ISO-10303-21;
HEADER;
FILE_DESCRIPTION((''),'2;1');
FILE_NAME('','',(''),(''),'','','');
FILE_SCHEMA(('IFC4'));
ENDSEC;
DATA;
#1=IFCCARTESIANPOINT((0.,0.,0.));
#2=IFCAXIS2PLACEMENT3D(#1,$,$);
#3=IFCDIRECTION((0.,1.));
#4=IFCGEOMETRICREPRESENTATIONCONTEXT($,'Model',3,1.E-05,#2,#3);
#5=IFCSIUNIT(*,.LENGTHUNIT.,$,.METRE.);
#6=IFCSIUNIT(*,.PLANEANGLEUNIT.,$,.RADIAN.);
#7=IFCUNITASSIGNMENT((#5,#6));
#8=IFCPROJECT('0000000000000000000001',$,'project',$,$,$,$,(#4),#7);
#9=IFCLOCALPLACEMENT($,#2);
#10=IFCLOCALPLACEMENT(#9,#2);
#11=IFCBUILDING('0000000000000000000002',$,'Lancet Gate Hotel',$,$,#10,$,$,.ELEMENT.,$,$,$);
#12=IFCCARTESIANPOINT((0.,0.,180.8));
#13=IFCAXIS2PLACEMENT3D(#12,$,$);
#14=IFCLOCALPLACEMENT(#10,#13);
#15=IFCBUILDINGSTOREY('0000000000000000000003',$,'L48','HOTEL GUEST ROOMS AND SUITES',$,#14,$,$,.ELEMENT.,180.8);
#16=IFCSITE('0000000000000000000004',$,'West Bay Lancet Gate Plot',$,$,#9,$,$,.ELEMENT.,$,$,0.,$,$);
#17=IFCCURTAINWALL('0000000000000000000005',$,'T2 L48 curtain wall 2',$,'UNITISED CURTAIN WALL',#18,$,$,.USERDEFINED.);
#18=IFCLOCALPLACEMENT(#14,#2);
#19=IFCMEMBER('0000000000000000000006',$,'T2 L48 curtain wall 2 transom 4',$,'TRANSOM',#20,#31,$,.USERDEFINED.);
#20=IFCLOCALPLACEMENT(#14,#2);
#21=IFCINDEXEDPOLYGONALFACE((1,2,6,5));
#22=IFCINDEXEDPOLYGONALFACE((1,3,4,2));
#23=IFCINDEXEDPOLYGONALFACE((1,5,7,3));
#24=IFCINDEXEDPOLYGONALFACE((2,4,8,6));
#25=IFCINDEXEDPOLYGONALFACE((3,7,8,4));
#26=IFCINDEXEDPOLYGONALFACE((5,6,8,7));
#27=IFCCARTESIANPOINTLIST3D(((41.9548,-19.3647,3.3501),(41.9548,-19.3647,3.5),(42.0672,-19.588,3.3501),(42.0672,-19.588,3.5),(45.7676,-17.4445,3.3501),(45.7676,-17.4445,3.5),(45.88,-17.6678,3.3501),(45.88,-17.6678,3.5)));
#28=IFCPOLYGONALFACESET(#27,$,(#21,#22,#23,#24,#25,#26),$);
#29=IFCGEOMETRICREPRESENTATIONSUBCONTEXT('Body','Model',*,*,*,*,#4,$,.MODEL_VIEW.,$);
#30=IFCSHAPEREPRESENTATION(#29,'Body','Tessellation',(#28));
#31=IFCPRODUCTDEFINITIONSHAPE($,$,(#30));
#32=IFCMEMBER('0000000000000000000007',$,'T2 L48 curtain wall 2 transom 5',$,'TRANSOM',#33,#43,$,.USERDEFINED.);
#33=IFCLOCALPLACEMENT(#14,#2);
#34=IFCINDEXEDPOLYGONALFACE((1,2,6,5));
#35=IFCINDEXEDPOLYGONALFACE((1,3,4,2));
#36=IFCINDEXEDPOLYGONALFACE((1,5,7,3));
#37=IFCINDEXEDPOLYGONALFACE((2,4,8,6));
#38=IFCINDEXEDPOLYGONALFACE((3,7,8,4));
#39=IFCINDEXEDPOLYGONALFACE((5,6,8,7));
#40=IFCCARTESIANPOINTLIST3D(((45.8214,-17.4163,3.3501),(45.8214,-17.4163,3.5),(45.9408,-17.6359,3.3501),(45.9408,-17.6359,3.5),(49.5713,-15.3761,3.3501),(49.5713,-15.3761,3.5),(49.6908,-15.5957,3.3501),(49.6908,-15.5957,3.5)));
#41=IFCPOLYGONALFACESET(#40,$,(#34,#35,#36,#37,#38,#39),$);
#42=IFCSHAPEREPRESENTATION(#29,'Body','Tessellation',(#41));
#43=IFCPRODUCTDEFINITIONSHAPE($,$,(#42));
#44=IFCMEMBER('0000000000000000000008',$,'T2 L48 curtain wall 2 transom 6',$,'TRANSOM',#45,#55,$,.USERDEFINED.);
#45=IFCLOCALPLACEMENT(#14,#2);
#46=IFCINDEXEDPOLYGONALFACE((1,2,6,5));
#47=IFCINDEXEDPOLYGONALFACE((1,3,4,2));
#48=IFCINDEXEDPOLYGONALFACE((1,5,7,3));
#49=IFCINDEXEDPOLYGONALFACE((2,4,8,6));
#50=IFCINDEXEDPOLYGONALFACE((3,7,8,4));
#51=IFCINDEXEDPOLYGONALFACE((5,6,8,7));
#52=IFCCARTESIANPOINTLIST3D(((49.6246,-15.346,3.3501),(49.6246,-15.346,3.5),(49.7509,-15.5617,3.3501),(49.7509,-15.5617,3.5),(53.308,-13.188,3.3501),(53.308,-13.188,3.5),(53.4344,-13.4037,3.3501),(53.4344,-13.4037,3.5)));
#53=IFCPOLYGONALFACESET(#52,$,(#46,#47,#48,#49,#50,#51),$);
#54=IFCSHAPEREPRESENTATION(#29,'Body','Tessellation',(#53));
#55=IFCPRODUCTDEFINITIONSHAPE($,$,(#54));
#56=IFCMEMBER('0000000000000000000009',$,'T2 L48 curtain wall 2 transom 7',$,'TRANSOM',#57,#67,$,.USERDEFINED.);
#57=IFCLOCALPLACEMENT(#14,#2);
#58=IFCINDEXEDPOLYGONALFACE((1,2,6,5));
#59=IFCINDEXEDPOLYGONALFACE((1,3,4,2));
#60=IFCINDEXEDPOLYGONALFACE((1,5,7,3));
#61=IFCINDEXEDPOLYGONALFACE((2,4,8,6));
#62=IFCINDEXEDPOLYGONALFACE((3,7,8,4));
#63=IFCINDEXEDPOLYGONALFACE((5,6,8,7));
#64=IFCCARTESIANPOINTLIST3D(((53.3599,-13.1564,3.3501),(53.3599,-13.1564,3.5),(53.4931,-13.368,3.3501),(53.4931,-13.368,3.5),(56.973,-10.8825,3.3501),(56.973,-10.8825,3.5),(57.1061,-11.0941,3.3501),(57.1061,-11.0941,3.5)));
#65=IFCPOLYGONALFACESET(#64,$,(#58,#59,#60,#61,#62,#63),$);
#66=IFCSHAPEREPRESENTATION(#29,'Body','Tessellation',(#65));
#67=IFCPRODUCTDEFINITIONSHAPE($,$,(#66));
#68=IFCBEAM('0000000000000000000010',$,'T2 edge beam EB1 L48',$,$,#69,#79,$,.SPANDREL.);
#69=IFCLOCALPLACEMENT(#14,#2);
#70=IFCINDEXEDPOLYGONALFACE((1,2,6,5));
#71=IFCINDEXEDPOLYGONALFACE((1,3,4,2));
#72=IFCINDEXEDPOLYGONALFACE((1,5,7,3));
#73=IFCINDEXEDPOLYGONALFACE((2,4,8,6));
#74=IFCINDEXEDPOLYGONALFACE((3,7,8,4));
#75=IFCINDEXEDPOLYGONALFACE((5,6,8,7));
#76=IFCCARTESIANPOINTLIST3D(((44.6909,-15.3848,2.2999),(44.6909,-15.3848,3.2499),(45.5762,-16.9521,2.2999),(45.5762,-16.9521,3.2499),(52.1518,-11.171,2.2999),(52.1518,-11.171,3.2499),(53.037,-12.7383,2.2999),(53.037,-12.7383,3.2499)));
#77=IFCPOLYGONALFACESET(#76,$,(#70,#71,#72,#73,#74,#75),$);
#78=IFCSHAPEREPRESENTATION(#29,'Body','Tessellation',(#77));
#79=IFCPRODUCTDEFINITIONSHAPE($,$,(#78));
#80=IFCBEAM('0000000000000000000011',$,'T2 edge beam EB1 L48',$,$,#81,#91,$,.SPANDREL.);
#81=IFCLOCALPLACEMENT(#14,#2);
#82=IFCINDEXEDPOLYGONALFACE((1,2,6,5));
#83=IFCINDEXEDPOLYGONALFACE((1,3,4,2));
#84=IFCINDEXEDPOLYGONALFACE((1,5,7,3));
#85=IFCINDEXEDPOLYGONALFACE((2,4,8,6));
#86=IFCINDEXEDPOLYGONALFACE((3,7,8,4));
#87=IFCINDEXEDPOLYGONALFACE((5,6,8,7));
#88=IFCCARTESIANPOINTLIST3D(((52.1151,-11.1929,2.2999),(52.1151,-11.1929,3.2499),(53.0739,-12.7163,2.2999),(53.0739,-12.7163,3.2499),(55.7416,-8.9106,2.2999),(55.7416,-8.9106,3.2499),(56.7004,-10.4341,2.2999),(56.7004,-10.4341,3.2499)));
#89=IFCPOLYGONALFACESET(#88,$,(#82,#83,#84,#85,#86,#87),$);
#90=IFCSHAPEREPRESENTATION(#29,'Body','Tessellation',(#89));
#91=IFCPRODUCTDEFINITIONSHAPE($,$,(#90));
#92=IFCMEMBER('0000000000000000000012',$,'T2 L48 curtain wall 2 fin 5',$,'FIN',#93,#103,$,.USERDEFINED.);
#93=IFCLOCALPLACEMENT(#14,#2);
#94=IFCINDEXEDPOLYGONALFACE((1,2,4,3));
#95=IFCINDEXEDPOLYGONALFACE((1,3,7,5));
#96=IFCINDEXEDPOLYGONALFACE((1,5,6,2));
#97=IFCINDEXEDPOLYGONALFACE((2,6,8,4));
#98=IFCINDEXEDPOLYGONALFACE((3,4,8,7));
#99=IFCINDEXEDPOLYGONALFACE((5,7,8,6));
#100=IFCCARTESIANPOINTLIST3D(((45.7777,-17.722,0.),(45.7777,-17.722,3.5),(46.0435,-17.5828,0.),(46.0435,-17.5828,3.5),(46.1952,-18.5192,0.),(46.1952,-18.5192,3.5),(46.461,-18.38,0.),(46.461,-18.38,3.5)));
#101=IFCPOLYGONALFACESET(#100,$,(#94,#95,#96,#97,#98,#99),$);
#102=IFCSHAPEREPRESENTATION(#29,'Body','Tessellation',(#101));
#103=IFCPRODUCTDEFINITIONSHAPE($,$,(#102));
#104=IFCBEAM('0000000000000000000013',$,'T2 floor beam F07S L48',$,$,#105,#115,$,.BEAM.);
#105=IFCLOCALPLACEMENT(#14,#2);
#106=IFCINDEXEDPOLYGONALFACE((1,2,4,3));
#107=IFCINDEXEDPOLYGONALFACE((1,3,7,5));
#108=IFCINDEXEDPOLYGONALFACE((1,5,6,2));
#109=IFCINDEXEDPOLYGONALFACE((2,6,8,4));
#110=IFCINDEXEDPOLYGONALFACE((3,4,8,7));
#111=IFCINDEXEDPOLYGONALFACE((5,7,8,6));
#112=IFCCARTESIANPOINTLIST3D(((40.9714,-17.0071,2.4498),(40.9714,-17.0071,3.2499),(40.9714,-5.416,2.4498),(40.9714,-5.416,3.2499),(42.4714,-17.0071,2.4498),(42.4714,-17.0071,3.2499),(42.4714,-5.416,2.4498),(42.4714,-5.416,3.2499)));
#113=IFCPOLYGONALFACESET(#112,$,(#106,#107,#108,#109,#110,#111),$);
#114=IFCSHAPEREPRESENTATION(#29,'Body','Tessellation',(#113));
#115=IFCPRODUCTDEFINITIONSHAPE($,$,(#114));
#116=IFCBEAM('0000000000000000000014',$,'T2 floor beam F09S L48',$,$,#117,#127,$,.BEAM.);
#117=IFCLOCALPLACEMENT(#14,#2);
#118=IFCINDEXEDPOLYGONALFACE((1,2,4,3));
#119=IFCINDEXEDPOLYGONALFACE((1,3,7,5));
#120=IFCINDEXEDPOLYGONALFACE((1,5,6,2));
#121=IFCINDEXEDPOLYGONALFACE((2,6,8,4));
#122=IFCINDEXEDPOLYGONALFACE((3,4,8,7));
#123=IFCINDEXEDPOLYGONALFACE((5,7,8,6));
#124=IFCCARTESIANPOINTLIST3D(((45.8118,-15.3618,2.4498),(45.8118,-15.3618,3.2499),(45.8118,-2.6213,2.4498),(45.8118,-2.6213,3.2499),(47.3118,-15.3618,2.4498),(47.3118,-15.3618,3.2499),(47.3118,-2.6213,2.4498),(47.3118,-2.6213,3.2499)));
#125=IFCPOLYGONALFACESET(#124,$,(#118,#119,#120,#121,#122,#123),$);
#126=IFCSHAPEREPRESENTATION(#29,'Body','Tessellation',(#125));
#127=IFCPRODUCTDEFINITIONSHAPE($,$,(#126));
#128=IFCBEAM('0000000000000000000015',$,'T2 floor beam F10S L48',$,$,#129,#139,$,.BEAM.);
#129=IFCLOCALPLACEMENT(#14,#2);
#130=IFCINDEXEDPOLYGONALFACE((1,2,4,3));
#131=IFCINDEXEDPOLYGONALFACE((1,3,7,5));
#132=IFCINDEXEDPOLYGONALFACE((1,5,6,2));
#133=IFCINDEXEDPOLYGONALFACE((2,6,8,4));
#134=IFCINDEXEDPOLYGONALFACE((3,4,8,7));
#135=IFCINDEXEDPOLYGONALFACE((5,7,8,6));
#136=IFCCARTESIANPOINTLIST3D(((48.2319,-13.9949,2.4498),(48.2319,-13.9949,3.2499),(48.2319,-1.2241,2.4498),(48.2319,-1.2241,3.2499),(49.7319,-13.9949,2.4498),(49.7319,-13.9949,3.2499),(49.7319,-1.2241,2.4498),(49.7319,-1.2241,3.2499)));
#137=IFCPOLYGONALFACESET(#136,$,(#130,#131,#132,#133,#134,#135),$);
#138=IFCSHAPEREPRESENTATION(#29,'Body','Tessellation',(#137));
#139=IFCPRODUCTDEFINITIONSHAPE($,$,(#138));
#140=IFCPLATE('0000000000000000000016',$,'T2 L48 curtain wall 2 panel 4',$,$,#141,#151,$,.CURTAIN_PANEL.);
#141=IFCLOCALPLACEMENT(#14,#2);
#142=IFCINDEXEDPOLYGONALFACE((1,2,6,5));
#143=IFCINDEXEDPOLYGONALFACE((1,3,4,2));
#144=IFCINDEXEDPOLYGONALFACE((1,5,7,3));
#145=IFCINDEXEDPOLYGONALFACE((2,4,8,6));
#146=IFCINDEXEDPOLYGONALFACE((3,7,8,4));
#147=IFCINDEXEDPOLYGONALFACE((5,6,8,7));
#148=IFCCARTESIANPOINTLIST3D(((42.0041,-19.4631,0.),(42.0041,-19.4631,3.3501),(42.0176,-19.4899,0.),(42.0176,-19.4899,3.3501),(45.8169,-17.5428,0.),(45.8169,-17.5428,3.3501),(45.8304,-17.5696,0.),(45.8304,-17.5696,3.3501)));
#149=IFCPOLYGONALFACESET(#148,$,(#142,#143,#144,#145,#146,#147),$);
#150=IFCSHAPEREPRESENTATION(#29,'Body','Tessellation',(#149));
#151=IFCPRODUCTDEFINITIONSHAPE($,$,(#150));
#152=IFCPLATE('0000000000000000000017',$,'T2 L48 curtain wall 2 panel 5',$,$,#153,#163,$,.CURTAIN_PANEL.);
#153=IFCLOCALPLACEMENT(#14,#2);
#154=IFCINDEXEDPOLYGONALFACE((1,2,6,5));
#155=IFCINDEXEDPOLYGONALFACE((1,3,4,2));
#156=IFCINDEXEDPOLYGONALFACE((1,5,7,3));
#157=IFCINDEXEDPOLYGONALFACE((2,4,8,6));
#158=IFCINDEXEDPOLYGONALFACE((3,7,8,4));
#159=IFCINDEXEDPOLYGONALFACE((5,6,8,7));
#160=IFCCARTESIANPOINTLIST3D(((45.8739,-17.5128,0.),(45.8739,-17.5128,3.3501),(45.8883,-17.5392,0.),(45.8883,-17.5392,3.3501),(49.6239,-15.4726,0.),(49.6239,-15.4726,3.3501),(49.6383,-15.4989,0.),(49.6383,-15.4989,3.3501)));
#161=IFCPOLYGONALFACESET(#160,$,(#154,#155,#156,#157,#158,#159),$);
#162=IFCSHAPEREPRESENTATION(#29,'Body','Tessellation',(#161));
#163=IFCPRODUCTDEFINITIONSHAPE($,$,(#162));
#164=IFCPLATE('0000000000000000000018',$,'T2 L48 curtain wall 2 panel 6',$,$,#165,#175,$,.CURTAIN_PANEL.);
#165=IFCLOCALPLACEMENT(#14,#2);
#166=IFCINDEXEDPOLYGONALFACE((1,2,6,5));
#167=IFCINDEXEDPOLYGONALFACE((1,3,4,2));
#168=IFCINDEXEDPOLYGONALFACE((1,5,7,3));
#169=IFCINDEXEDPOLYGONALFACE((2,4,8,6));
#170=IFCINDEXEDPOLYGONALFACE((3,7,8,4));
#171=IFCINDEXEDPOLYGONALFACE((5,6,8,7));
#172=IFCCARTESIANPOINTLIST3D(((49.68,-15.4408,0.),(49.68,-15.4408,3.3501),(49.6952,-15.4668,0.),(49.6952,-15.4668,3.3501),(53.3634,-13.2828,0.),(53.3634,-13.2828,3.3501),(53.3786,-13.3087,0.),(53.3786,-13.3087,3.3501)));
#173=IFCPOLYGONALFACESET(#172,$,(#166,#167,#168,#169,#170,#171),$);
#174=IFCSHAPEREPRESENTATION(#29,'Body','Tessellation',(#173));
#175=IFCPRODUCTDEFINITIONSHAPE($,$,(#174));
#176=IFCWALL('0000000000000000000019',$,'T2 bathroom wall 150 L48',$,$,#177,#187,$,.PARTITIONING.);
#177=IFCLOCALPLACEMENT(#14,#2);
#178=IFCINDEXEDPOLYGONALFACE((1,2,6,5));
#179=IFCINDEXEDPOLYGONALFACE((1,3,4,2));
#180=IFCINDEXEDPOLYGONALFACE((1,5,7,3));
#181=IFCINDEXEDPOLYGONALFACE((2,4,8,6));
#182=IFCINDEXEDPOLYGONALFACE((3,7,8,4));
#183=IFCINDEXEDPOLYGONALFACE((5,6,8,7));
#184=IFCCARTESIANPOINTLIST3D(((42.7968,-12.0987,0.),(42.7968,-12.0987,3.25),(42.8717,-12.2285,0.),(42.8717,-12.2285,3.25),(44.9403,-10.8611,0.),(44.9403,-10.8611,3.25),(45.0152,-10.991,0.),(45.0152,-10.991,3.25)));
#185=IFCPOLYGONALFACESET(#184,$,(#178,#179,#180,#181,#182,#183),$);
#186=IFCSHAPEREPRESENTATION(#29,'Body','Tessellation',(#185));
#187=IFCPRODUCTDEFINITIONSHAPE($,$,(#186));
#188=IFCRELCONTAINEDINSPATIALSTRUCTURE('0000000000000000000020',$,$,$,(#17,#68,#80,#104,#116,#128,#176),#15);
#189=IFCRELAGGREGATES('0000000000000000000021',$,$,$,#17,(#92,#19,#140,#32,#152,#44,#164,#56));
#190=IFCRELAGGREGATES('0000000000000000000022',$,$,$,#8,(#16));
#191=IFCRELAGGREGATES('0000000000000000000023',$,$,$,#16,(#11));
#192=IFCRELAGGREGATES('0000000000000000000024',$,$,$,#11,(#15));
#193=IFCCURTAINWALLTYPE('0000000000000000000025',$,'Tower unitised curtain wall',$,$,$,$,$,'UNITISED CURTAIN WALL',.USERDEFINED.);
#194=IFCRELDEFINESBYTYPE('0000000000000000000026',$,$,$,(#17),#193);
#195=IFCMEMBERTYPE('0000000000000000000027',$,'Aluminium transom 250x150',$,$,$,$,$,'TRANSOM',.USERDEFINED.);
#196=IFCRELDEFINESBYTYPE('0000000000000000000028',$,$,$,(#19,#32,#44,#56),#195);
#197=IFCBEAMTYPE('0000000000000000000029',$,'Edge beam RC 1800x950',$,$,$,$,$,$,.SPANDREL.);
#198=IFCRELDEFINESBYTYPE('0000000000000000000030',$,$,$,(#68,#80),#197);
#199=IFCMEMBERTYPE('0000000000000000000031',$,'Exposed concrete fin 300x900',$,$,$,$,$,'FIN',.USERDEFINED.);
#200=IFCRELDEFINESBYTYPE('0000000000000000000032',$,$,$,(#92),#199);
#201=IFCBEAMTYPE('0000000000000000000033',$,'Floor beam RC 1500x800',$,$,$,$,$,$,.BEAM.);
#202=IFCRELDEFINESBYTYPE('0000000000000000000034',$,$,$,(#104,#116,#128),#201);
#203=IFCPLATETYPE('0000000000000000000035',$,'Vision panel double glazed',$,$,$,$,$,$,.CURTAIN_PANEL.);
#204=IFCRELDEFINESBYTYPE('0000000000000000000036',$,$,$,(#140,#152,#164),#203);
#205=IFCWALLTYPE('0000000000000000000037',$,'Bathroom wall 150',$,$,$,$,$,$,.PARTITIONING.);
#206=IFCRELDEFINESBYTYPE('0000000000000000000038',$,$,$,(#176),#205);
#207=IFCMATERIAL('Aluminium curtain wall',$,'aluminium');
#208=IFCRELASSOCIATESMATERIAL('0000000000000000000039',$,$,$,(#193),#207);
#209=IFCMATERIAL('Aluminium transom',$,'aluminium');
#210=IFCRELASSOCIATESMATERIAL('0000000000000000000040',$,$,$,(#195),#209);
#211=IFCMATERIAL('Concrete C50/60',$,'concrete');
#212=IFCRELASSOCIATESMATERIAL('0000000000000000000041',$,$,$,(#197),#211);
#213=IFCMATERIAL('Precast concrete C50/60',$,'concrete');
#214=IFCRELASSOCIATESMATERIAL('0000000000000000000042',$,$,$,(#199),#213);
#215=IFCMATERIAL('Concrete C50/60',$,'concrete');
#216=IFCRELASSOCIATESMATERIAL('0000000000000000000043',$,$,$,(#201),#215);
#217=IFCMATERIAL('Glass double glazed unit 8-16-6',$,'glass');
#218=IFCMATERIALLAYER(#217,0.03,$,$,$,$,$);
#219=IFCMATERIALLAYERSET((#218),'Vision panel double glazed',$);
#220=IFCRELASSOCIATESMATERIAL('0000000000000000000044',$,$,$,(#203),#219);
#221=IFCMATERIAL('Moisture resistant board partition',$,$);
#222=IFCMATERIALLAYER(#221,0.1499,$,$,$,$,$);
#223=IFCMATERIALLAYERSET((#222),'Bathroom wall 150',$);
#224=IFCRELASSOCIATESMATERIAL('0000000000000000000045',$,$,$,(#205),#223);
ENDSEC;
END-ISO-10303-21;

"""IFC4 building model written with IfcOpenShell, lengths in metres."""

from ifc_helpers import new_model, si_unit, direction, frame, frame_2d, origin, origin_2d, place, context, subcontext, project, spatial, rectangle, extrude, material, layer, layer_set, material_profile, profile_set, type_object, element, aggregate, save


model = new_model("IFC4")

# Units and contexts
model_context = context("Model", 3, precision=1e-05, world=origin(), true_north=direction((0.0, 1.0)))
body_context = subcontext(model_context, "Body", "Model", "MODEL_VIEW")
ifc_project = project(units=[si_unit("LENGTHUNIT", "METRE"), si_unit("PLANEANGLEUNIT", "RADIAN")], contexts=[model_context])

# Site, building, storey
site_placement = place(None, origin())
site = spatial("IfcSite", under=ifc_project, at=site_placement, Name="West Bay Lancet Gate Plot", CompositionType="ELEMENT", RefElevation=0.0)
building_placement = place(site_placement, origin())
building = spatial("IfcBuilding", under=site, at=building_placement, Name="Lancet Gate Hotel", CompositionType="ELEMENT")
storey_placement = place(building_placement, frame((0.0, 0.0, 180.8)))
storey = spatial("IfcBuildingStorey", under=building, at=storey_placement, Name="L48", Description="HOTEL GUEST ROOMS AND SUITES", CompositionType="ELEMENT", Elevation=180.8)

# Curtain wall, members
ifc_material_1 = material(Name="Aluminium curtain wall", Category="aluminium")
curtain_wall_type = type_object("IfcCurtainWallType", Name="Tower unitised curtain wall", ElementType="UNITISED CURTAIN WALL", PredefinedType="USERDEFINED", material=ifc_material_1)
curtain_wall_placement = place(storey_placement, origin())
curtain_wall = element("IfcCurtainWall", 1, at=curtain_wall_placement, inside=storey, type_object=curtain_wall_type, Name="T2 L48 curtain wall 2", ObjectType="UNITISED CURTAIN WALL", PredefinedType="USERDEFINED")
ifc_material_2 = material(Name="Aluminium transom", Category="aluminium")
ifc_material_profile_1 = material_profile(ifc_material_2, rectangle(XDim=0.25, YDim=0.1499, at=origin_2d()), Name="TRANSOM 250x150")
ifc_profile_set_1 = profile_set([ifc_material_profile_1], Name="Aluminium transom")
member_type_1 = type_object("IfcMemberType", Name="Aluminium transom 250x150", ElementType="TRANSOM", PredefinedType="USERDEFINED", material=ifc_profile_set_1)
member_1_placement = place(storey_placement, frame((42.011, -19.4763, 3.425), z_axis=(0.893131, 0.449797, 0.0), x_axis=(-0.449797, 0.893131, 0.0)))
member_1 = element("IfcMember", 2, at=member_1_placement, type_object=member_type_1, Name="T2 L48 curtain wall 2 transom 4", ObjectType="TRANSOM", PredefinedType="USERDEFINED", context=body_context, shape_type="SweptSolid", body=[
    extrude(rectangle(XDim=0.25, YDim=0.1499, at=origin_2d()), origin(), (0.0, 0.0, 1.0), 4.269),
])
member_2_placement = place(storey_placement, frame((45.8811, -17.5261, 3.425), z_axis=(0.878404, 0.477918, 0.0), x_axis=(-0.477918, 0.878404, 0.0)))
member_2 = element("IfcMember", 3, at=member_2_placement, type_object=member_type_1, Name="T2 L48 curtain wall 2 transom 5", ObjectType="TRANSOM", PredefinedType="USERDEFINED", context=body_context, shape_type="SweptSolid", body=[
    extrude(rectangle(XDim=0.25, YDim=0.1499, at=origin_2d()), origin(), (0.0, 0.0, 1.0), 4.269),
])
member_3_placement = place(storey_placement, frame((49.6877, -15.4539, 3.425), z_axis=(0.862825, 0.505502, 0.0), x_axis=(-0.505502, 0.862825, 0.0)))
member_3 = element("IfcMember", 4, at=member_3_placement, type_object=member_type_1, Name="T2 L48 curtain wall 2 transom 6", ObjectType="TRANSOM", PredefinedType="USERDEFINED", context=body_context, shape_type="SweptSolid", body=[
    extrude(rectangle(XDim=0.25, YDim=0.1499, at=origin_2d()), origin(), (0.0, 0.0, 1.0), 4.269),
])
member_4_placement = place(storey_placement, frame((53.4265, -13.2622, 3.425), z_axis=(0.846333, 0.532654, 0.0), x_axis=(-0.532654, 0.846333, 0.0)))
member_4 = element("IfcMember", 5, at=member_4_placement, type_object=member_type_1, Name="T2 L48 curtain wall 2 transom 7", ObjectType="TRANSOM", PredefinedType="USERDEFINED", context=body_context, shape_type="SweptSolid", body=[
    extrude(rectangle(XDim=0.25, YDim=0.1499, at=origin_2d()), origin(), (0.0, 0.0, 1.0), 4.269),
])

# Beams
ifc_material_3 = material(Name="Concrete C50/60", Category="concrete")
ifc_material_profile_2 = material_profile(ifc_material_3, rectangle(XDim=1.8, YDim=0.95, at=origin_2d()), Name="RC 1800x950")
ifc_profile_set_2 = profile_set([ifc_material_profile_2], Name="Concrete C50/60")
beam_type_1 = type_object("IfcBeamType", Name="Edge beam RC 1800x950", PredefinedType="SPANDREL", material=ifc_profile_set_2)
beam_1_placement = place(storey_placement, frame((45.1335, -16.1685, 2.7749), z_axis=(0.870722, 0.491776, 0.0), x_axis=(-0.491776, 0.870722, 0.0)))
element("IfcBeam", 6, at=beam_1_placement, inside=storey, type_object=beam_type_1, Name="T2 edge beam EB1 L48", PredefinedType="SPANDREL", context=body_context, shape_type="SweptSolid", body=[
    extrude(rectangle(XDim=1.8, YDim=0.95, at=origin_2d()), origin(), (0.0, 0.0, 1.0), 8.5686),
])
beam_2_placement = place(storey_placement, frame((52.5945, -11.9546, 2.7749), z_axis=(0.846349, 0.532629, 0.0), x_axis=(-0.532629, 0.846349, 0.0)))
element("IfcBeam", 7, at=beam_2_placement, inside=storey, type_object=beam_type_1, Name="T2 edge beam EB1 L48", PredefinedType="SPANDREL", context=body_context, shape_type="SweptSolid", body=[
    extrude(rectangle(XDim=1.8, YDim=0.95, at=origin_2d()), origin(), (0.0, 0.0, 1.0), 4.2849),
])

# Member
ifc_material_4 = material(Name="Precast concrete C50/60", Category="concrete")
ifc_material_profile_3 = material_profile(ifc_material_4, rectangle(XDim=0.3, YDim=0.8999, at=origin_2d()), Name="FIN 300x900")
ifc_profile_set_3 = profile_set([ifc_material_profile_3], Name="Precast concrete C50/60")
member_type_2 = type_object("IfcMemberType", Name="Exposed concrete fin 300x900", ElementType="FIN", PredefinedType="USERDEFINED", material=ifc_profile_set_3)
member_5_placement = place(storey_placement, frame((46.1194, -18.051, 0.0), z_axis=(0.0, 0.0, 1.0), x_axis=(0.885877, 0.46392, 0.0)))
member_5 = element("IfcMember", 8, at=member_5_placement, type_object=member_type_2, Name="T2 L48 curtain wall 2 fin 5", ObjectType="FIN", PredefinedType="USERDEFINED", context=body_context, shape_type="SweptSolid", body=[
    extrude(rectangle(XDim=0.3, YDim=0.8999, at=origin_2d()), origin(), (0.0, 0.0, 1.0), 3.5),
])

# Beams
ifc_material_5 = material(Name="Concrete C50/60", Category="concrete")
ifc_material_profile_4 = material_profile(ifc_material_5, rectangle(XDim=1.5, YDim=0.8, at=origin_2d()), Name="RC 1500x800")
ifc_profile_set_4 = profile_set([ifc_material_profile_4], Name="Concrete C50/60")
beam_type_2 = type_object("IfcBeamType", Name="Floor beam RC 1500x800", PredefinedType="BEAM", material=ifc_profile_set_4)
beam_3_placement = place(storey_placement, frame((41.7214, -17.0071, 2.8499), z_axis=(0.0, 1.0, 0.0), x_axis=(-1.0, 0.0, 0.0)))
element("IfcBeam", 9, at=beam_3_placement, inside=storey, type_object=beam_type_2, Name="T2 floor beam F07S L48", PredefinedType="BEAM", context=body_context, shape_type="SweptSolid", body=[
    extrude(rectangle(XDim=1.5, YDim=0.8, at=origin_2d()), origin(), (0.0, 0.0, 1.0), 11.5911),
])
beam_4_placement = place(storey_placement, frame((46.5618, -15.3618, 2.8499), z_axis=(0.0, 1.0, 0.0), x_axis=(-1.0, 0.0, 0.0)))
element("IfcBeam", 10, at=beam_4_placement, inside=storey, type_object=beam_type_2, Name="T2 floor beam F09S L48", PredefinedType="BEAM", context=body_context, shape_type="SweptSolid", body=[
    extrude(rectangle(XDim=1.5, YDim=0.8, at=origin_2d()), origin(), (0.0, 0.0, 1.0), 12.7405),
])
beam_5_placement = place(storey_placement, frame((48.9819, -13.9949, 2.8499), z_axis=(0.0, 1.0, 0.0), x_axis=(-1.0, 0.0, 0.0)))
element("IfcBeam", 11, at=beam_5_placement, inside=storey, type_object=beam_type_2, Name="T2 floor beam F10S L48", PredefinedType="BEAM", context=body_context, shape_type="SweptSolid", body=[
    extrude(rectangle(XDim=1.5, YDim=0.8, at=origin_2d()), origin(), (0.0, 0.0, 1.0), 12.7708),
])

# Plates
ifc_material_6 = material(Name="Glass double glazed unit 8-16-6", Category="glass")
ifc_layer_1 = layer(ifc_material_6, 0.03)
ifc_layer_set_1 = layer_set([ifc_layer_1], Name="Vision panel double glazed")
plate_type = type_object("IfcPlateType", Name="Vision panel double glazed", PredefinedType="CURTAIN_PANEL", material=ifc_layer_set_1)
plate_1_placement = place(storey_placement, frame((43.9172, -18.5164, 0.0), z_axis=(0.0, 0.0, 1.0), x_axis=(0.893121, 0.449816, 0.0)))
plate_1 = element("IfcPlate", 12, at=plate_1_placement, type_object=plate_type, Name="T2 L48 curtain wall 2 panel 4", PredefinedType="CURTAIN_PANEL", context=body_context, shape_type="SweptSolid", body=[
    extrude(rectangle(XDim=4.269, YDim=0.03, at=origin_2d()), origin(), (0.0, 0.0, 1.0), 3.3501),
])
plate_2_placement = place(storey_placement, frame((47.7561, -16.5059, 0.0), z_axis=(0.0, 0.0, 1.0), x_axis=(0.87841, 0.477908, 0.0)))
plate_2 = element("IfcPlate", 13, at=plate_2_placement, type_object=plate_type, Name="T2 L48 curtain wall 2 panel 5", PredefinedType="CURTAIN_PANEL", context=body_context, shape_type="SweptSolid", body=[
    extrude(rectangle(XDim=4.269, YDim=0.03, at=origin_2d()), origin(), (0.0, 0.0, 1.0), 3.3501),
])
plate_3_placement = place(storey_placement, frame((51.5293, -14.3748, 0.0), z_axis=(0.0, 0.0, 1.0), x_axis=(0.862815, 0.50552, 0.0)))
plate_3 = element("IfcPlate", 14, at=plate_3_placement, type_object=plate_type, Name="T2 L48 curtain wall 2 panel 6", PredefinedType="CURTAIN_PANEL", context=body_context, shape_type="SweptSolid", body=[
    extrude(rectangle(XDim=4.269, YDim=0.03, at=origin_2d()), origin(), (0.0, 0.0, 1.0), 3.3501),
])
aggregate(curtain_wall, [member_5, member_1, plate_1, member_2, plate_2, member_3, plate_3, member_4])

# Wall
ifc_material_7 = material(Name="Moisture resistant board partition")
ifc_layer_2 = layer(ifc_material_7, 0.1499)
ifc_layer_set_2 = layer_set([ifc_layer_2], Name="Bathroom wall 150")
wall_type_1 = type_object("IfcWallType", Name="Bathroom wall 150", PredefinedType="PARTITIONING", material=ifc_layer_set_2)
wall_1_placement = place(storey_placement, frame((42.8342, -12.1636, 0.0), z_axis=(0.0, 0.0, 1.0), x_axis=(0.866031, 0.49999, 0.0)))
element("IfcWall", 15, at=wall_1_placement, inside=storey, type_object=wall_type_1, Name="T2 bathroom wall 150 L48", PredefinedType="PARTITIONING", context=body_context, shape_type="SweptSolid", body=[
    extrude(rectangle(XDim=2.4751, YDim=0.1499, at=frame_2d((1.2375, 0.0))), origin(), (0.0, 0.0, 1.0), 3.25),
])

save(model, "model.ifc")
